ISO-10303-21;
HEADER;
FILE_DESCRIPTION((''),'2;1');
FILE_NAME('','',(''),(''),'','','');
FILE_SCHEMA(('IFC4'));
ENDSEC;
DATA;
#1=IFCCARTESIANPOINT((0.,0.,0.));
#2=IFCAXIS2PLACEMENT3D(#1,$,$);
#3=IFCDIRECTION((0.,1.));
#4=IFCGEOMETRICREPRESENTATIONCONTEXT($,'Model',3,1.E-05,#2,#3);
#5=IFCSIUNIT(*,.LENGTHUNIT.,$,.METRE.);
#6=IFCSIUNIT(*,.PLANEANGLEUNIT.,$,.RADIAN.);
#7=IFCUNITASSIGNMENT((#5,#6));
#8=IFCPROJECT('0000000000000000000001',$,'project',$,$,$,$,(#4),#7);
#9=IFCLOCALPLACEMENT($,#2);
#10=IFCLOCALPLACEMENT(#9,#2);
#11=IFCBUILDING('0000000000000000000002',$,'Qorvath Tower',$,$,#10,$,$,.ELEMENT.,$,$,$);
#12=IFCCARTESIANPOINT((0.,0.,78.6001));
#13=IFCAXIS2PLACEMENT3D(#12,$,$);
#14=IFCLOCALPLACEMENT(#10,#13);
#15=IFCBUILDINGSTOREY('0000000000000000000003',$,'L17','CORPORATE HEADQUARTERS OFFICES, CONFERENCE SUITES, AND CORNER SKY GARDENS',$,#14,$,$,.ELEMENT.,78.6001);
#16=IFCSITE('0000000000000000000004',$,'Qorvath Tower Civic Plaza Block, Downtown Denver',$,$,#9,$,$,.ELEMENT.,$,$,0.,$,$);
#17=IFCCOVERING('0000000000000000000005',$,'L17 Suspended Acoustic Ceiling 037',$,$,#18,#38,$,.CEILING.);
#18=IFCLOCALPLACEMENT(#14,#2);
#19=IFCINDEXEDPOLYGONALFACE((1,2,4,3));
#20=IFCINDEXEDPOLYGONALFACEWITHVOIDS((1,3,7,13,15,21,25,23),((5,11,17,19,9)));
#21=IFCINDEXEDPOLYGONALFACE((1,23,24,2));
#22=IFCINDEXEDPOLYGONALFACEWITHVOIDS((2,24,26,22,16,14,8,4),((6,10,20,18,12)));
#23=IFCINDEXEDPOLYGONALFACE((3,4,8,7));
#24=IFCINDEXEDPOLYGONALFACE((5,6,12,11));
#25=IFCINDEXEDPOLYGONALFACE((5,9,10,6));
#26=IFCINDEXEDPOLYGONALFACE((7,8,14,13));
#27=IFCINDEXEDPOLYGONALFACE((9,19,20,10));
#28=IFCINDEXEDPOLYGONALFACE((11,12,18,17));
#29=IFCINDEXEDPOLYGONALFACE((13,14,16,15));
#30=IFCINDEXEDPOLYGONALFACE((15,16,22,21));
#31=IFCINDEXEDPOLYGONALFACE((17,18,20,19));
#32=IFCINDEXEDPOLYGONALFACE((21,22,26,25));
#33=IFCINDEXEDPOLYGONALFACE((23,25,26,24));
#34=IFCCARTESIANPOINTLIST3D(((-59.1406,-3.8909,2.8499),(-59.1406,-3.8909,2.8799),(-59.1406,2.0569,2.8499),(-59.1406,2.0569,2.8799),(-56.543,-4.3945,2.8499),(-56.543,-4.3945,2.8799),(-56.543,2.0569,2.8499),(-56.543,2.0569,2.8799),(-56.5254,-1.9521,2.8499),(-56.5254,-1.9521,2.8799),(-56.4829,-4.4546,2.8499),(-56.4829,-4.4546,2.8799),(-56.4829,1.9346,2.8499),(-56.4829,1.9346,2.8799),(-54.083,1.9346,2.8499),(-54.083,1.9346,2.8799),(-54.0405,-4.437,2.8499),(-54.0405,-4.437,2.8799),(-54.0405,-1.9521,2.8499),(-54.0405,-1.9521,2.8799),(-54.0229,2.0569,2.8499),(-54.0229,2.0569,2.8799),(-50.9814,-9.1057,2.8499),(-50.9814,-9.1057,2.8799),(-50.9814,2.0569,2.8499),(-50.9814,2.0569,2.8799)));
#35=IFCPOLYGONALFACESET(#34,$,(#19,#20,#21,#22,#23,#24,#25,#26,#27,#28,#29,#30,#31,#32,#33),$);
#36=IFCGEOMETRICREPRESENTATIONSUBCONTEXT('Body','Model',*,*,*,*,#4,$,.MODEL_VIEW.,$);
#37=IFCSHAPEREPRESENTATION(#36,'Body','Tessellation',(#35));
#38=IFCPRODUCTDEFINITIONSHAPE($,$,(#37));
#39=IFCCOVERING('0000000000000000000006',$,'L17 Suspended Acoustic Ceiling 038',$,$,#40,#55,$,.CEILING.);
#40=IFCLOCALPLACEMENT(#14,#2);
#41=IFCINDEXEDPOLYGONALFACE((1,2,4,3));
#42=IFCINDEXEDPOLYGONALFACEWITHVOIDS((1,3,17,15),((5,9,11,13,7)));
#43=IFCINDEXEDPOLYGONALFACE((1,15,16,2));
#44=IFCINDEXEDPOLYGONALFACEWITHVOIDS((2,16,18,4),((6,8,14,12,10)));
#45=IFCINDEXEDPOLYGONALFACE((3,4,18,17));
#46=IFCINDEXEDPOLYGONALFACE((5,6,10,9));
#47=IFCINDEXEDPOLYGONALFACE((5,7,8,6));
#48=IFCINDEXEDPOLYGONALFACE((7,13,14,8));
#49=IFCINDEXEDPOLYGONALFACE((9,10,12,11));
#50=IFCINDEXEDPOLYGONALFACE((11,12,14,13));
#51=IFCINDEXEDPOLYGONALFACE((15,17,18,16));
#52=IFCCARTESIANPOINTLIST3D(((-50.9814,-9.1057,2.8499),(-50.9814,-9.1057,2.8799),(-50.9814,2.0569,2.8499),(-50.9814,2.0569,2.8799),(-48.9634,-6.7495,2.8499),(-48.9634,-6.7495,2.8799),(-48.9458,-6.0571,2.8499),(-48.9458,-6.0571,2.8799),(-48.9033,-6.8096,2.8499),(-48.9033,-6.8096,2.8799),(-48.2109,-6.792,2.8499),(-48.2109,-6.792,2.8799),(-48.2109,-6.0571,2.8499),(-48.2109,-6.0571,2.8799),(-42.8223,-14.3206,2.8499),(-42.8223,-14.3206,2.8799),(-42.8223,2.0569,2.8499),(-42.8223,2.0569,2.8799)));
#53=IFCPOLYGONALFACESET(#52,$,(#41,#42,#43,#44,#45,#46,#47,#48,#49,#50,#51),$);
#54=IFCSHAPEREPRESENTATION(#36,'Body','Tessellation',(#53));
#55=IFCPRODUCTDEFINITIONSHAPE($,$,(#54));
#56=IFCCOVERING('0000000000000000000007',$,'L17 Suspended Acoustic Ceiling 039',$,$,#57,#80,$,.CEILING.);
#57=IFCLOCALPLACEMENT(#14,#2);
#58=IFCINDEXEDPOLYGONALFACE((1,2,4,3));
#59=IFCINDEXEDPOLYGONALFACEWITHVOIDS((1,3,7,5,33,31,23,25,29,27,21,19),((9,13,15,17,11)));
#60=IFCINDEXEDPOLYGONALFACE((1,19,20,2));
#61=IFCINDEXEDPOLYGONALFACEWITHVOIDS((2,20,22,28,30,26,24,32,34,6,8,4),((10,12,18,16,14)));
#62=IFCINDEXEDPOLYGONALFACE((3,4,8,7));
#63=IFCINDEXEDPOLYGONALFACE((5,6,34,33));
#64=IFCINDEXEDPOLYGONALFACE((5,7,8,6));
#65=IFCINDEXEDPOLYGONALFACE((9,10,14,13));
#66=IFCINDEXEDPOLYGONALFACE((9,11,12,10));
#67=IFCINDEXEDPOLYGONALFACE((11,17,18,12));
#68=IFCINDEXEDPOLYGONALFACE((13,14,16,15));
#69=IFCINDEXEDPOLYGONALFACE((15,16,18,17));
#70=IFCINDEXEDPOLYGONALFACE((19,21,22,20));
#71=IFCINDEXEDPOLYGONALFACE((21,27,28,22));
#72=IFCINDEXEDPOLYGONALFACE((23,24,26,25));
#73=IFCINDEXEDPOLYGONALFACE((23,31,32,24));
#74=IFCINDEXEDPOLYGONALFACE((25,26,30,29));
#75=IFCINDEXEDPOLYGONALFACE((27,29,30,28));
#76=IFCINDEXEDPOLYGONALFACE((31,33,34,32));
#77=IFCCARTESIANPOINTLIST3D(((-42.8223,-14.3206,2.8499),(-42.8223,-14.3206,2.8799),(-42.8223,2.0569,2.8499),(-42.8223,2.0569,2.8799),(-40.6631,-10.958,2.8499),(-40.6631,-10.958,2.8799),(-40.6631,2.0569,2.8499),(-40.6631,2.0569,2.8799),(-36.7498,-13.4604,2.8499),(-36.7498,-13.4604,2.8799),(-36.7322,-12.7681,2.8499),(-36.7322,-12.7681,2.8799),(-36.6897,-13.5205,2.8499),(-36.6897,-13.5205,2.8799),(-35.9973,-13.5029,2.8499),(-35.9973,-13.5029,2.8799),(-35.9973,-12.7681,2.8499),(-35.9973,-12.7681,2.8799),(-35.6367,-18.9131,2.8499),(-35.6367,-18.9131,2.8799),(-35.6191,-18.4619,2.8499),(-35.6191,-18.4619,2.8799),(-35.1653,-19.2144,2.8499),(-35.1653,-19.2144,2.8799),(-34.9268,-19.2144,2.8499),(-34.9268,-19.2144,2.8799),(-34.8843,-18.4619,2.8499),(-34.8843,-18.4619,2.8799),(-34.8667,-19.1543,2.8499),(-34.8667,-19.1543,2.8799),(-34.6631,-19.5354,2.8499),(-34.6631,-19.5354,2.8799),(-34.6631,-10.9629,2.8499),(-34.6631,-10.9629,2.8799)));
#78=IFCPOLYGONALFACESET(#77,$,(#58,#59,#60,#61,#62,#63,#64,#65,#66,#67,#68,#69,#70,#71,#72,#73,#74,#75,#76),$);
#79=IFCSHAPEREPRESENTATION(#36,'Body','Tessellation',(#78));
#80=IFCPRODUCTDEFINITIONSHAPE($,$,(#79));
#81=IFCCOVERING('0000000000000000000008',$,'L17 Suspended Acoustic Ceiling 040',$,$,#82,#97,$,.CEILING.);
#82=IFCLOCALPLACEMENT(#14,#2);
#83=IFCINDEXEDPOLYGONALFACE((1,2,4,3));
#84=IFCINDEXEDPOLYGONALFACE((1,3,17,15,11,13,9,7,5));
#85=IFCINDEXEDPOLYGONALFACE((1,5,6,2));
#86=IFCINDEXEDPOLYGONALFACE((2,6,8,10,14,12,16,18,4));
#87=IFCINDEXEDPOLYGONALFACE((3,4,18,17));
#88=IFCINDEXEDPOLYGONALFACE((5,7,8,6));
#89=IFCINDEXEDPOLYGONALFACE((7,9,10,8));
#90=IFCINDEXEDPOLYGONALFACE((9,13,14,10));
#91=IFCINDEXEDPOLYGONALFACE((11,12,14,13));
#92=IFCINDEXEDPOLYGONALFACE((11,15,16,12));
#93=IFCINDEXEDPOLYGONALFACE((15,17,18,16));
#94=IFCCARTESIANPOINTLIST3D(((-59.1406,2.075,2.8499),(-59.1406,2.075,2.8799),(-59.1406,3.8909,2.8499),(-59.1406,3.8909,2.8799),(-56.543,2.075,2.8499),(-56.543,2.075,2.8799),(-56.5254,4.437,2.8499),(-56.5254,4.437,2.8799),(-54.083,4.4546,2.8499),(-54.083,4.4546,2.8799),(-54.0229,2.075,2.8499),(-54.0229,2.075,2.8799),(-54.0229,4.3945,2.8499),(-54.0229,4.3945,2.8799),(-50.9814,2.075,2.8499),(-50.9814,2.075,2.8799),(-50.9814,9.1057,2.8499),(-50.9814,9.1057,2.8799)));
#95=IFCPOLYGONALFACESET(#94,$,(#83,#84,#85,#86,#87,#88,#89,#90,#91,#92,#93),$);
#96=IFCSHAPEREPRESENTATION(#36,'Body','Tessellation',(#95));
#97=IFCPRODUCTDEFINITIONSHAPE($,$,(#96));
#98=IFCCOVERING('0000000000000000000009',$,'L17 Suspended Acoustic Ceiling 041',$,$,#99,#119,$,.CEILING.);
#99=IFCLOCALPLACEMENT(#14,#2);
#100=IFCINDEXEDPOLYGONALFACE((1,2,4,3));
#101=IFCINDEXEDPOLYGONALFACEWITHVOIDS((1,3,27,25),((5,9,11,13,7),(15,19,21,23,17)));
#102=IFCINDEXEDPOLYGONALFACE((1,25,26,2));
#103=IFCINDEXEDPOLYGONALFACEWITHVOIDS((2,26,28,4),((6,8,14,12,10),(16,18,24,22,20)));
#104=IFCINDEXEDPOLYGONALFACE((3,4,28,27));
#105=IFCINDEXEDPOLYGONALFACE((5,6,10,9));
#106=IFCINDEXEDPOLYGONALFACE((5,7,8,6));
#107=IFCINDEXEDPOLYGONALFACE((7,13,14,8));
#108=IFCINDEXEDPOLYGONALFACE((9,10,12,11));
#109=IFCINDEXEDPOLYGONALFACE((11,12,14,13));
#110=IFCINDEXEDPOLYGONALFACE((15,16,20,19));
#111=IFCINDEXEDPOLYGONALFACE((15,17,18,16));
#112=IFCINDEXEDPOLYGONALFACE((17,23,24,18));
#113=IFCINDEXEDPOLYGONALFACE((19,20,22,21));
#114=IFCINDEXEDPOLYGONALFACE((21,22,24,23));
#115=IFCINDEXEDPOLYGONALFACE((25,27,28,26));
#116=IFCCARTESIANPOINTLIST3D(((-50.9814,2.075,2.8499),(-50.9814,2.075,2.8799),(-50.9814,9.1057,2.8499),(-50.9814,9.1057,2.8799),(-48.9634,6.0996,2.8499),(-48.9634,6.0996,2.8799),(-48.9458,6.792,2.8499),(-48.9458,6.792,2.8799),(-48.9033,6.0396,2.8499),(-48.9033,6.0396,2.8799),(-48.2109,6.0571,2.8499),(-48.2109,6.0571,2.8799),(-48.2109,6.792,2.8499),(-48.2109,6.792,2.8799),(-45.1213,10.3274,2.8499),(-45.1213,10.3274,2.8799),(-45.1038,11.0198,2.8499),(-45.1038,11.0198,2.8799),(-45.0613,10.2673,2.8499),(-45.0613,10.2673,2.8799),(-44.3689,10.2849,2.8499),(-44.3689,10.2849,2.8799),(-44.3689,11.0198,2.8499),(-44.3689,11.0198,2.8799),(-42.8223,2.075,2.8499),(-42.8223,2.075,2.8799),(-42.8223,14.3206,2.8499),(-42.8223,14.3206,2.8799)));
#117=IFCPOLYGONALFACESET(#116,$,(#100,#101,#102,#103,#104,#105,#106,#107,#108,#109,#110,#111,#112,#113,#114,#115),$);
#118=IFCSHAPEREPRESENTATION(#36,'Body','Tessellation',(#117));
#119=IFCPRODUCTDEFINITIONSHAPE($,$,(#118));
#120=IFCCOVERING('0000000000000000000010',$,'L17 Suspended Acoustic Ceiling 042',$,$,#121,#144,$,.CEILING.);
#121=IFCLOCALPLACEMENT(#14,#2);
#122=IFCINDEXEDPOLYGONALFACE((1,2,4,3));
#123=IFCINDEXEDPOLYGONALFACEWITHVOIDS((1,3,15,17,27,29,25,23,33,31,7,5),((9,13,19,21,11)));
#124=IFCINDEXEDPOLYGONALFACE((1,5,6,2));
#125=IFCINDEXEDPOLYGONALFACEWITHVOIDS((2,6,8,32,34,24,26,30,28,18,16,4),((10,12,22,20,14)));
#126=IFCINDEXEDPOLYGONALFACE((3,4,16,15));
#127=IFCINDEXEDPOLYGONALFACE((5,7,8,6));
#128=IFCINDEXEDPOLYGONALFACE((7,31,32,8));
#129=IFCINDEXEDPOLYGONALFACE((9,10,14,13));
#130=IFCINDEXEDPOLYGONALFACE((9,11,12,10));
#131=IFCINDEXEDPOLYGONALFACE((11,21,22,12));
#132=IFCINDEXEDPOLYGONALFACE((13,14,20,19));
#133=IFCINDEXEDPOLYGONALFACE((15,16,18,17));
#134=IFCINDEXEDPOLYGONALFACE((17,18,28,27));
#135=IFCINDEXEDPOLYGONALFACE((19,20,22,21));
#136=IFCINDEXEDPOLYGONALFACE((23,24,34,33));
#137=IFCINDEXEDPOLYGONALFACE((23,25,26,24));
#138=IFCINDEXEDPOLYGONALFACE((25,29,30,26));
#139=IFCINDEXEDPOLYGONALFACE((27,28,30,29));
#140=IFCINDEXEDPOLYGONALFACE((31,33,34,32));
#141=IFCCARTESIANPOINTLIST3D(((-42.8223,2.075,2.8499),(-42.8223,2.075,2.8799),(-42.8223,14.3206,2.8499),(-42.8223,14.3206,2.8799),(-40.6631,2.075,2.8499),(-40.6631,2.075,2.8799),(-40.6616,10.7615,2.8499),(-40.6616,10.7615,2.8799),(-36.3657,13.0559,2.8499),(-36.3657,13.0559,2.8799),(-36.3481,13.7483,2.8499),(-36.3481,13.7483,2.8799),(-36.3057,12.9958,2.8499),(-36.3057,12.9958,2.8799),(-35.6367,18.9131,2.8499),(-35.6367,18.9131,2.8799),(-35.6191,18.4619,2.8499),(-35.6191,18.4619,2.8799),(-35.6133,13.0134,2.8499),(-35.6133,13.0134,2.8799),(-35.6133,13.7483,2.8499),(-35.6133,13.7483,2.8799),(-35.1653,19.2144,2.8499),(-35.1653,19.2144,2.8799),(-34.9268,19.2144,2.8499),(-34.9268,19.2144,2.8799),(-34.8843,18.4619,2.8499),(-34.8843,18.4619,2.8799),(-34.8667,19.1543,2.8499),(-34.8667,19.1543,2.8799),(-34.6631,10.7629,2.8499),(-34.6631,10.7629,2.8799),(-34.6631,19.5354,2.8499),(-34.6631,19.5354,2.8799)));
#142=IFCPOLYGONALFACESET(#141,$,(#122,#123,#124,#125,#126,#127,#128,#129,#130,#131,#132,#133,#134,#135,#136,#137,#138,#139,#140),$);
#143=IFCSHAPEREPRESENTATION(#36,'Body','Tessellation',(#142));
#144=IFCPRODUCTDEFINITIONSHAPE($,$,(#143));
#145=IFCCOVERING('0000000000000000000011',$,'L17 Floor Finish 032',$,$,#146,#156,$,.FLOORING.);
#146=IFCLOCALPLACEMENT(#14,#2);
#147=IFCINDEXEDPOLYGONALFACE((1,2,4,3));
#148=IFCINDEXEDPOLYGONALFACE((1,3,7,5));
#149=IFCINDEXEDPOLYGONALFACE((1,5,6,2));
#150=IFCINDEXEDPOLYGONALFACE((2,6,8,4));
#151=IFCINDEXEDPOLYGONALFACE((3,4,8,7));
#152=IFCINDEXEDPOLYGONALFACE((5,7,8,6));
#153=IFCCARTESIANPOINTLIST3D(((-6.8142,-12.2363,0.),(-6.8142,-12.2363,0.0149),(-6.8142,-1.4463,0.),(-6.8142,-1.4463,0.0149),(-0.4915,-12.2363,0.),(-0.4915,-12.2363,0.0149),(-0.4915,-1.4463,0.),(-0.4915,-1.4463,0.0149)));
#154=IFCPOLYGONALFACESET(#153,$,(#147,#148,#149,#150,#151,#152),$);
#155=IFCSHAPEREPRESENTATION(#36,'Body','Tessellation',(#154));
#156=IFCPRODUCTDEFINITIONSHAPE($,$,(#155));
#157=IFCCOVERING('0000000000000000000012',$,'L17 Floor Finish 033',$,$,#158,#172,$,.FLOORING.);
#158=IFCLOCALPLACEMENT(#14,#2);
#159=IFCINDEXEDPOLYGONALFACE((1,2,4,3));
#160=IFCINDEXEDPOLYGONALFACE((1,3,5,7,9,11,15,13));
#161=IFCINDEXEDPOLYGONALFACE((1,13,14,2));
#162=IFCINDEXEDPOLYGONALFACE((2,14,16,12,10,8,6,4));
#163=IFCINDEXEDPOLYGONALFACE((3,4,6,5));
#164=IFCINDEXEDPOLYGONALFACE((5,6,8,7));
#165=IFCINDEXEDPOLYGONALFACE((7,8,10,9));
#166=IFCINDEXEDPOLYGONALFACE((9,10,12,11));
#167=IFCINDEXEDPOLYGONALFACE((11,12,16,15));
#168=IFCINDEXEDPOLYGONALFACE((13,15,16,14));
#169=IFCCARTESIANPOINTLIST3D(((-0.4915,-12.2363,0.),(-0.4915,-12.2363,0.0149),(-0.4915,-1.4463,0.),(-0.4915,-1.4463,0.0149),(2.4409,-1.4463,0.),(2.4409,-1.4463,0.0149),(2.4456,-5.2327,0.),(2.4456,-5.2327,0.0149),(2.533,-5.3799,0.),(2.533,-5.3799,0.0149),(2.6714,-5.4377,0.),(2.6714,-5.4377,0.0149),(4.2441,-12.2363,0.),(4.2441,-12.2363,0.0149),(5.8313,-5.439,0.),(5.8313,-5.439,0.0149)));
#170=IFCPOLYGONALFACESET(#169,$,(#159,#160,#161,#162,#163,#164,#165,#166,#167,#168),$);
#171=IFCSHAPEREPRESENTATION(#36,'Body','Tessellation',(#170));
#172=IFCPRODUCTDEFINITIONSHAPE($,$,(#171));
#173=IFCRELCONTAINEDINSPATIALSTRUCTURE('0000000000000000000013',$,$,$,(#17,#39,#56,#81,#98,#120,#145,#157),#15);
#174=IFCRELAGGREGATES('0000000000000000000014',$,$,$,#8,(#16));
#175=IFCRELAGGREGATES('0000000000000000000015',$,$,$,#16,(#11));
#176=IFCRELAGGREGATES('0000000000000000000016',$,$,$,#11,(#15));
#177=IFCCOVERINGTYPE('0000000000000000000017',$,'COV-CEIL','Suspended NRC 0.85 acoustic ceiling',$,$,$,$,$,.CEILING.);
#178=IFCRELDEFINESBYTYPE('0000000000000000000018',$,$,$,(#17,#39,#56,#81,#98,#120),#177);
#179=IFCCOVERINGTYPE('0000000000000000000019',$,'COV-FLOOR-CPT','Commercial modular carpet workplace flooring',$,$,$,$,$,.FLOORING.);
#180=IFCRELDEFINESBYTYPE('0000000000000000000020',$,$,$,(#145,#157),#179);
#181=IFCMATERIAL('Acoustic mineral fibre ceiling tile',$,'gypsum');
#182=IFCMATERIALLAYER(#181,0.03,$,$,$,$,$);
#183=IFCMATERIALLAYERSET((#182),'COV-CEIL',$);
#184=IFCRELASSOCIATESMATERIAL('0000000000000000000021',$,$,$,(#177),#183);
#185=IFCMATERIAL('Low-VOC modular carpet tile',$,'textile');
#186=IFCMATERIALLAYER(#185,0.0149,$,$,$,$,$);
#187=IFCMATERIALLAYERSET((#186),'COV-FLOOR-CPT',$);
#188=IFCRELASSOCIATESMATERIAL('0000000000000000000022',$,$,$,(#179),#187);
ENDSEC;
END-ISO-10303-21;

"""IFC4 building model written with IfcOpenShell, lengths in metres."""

from ifc_helpers import new_model, si_unit, direction, frame, origin, place, context, subcontext, project, spatial, polyline, outline, extrude, material, layer, layer_set, type_object, element, save


model = new_model("IFC4")

# Units and contexts
model_context = context("Model", 3, precision=1e-05, world=origin(), true_north=direction((0.0, 1.0)))
body_context = subcontext(model_context, "Body", "Model", "MODEL_VIEW")
ifc_project = project(units=[si_unit("LENGTHUNIT", "METRE"), si_unit("PLANEANGLEUNIT", "RADIAN")], contexts=[model_context])

# Site, building, storey
site_placement = place(None, origin())
site = spatial("IfcSite", under=ifc_project, at=site_placement, Name="Qorvath Tower Civic Plaza Block, Downtown Denver", CompositionType="ELEMENT", RefElevation=0.0)
building_placement = place(site_placement, origin())
building = spatial("IfcBuilding", under=site, at=building_placement, Name="Qorvath Tower", CompositionType="ELEMENT")
storey_placement = place(building_placement, frame((0.0, 0.0, 78.6001)))
storey = spatial("IfcBuildingStorey", under=building, at=storey_placement, Name="L17", Description="CORPORATE HEADQUARTERS OFFICES, CONFERENCE SUITES, AND CORNER SKY GARDENS", CompositionType="ELEMENT", Elevation=78.6001)

# Coverings
ifc_material_1 = material(Name="Acoustic mineral fibre ceiling tile", Category="gypsum")
ifc_layer_1 = layer(ifc_material_1, 0.03)
ifc_layer_set_1 = layer_set([ifc_layer_1], Name="COV-CEIL")
covering_type_1 = type_object("IfcCoveringType", Name="COV-CEIL", Description="Suspended NRC 0.85 acoustic ceiling", PredefinedType="CEILING", material=ifc_layer_set_1)
covering_1_placement = place(storey_placement, frame((0.0, 0.0, 2.8499)))
element("IfcCovering", 1, at=covering_1_placement, inside=storey, type_object=covering_type_1, Name="L17 Suspended Acoustic Ceiling 037", PredefinedType="CEILING", context=body_context, shape_type="SweptSolid", body=[
    extrude(outline(polyline([(-59.1406, 2.0569), (-59.1406, -3.8909), (-50.9814, -9.1057), (-50.9814, 2.0569), (-54.0229, 2.0569), (-54.083, 1.9346), (-56.4829, 1.9346), (-56.543, 2.0569), (-59.1406, 2.0569)]), holes=[polyline([(-56.543, -4.3945), (-56.5254, -1.9521), (-54.0405, -1.9521), (-54.0405, -4.437), (-56.4829, -4.4546), (-56.543, -4.3945)])]), origin(), (0.0, 0.0, 1.0), 0.03),
])
covering_2_placement = place(storey_placement, frame((0.0, 0.0, 2.8499)))
element("IfcCovering", 2, at=covering_2_placement, inside=storey, type_object=covering_type_1, Name="L17 Suspended Acoustic Ceiling 038", PredefinedType="CEILING", context=body_context, shape_type="SweptSolid", body=[
    extrude(outline(polyline([(-50.9814, 2.0569), (-50.9814, -9.1057), (-42.8223, -14.3206), (-42.8223, 2.0569), (-50.9814, 2.0569)]), holes=[polyline([(-48.9634, -6.7495), (-48.9458, -6.0571), (-48.2109, -6.0571), (-48.2109, -6.792), (-48.9033, -6.8096), (-48.9634, -6.7495)])]), origin(), (0.0, 0.0, 1.0), 0.03),
])
covering_3_placement = place(storey_placement, frame((0.0, 0.0, 2.8499)))
element("IfcCovering", 3, at=covering_3_placement, inside=storey, type_object=covering_type_1, Name="L17 Suspended Acoustic Ceiling 039", PredefinedType="CEILING", context=body_context, shape_type="SweptSolid", body=[
    extrude(outline(polyline([(-42.8223, 2.0569), (-42.8223, -14.3206), (-35.6367, -18.9131), (-35.6191, -18.4619), (-34.8843, -18.4619), (-34.8667, -19.1543), (-34.9268, -19.2144), (-35.1653, -19.2144), (-34.6631, -19.5354), (-34.6631, -10.9629), (-40.6631, -10.958), (-40.6631, 2.0569), (-42.8223, 2.0569)]), holes=[polyline([(-36.7498, -13.4604), (-36.7322, -12.7681), (-35.9973, -12.7681), (-35.9973, -13.5029), (-36.6897, -13.5205), (-36.7498, -13.4604)])]), origin(), (0.0, 0.0, 1.0), 0.03),
])
covering_4_placement = place(storey_placement, frame((0.0, 0.0, 2.8499)))
element("IfcCovering", 4, at=covering_4_placement, inside=storey, type_object=covering_type_1, Name="L17 Suspended Acoustic Ceiling 040", PredefinedType="CEILING", context=body_context, shape_type="SweptSolid", body=[
    extrude(outline(polyline([(-50.9814, 2.075), (-50.9814, 9.1057), (-59.1406, 3.8909), (-59.1406, 2.075), (-56.543, 2.075), (-56.5254, 4.437), (-54.083, 4.4546), (-54.0229, 4.3945), (-54.0229, 2.075), (-50.9814, 2.075)])), origin(), (0.0, 0.0, 1.0), 0.03),
])
covering_5_placement = place(storey_placement, frame((0.0, 0.0, 2.8499)))
element("IfcCovering", 5, at=covering_5_placement, inside=storey, type_object=covering_type_1, Name="L17 Suspended Acoustic Ceiling 041", PredefinedType="CEILING", context=body_context, shape_type="SweptSolid", body=[
    extrude(outline(polyline([(-42.8223, 2.075), (-42.8223, 14.3206), (-50.9814, 9.1057), (-50.9814, 2.075), (-42.8223, 2.075)]), holes=[polyline([(-45.1213, 10.3274), (-45.1038, 11.0198), (-44.3689, 11.0198), (-44.3689, 10.2849), (-45.0613, 10.2673), (-45.1213, 10.3274)]), polyline([(-48.9634, 6.0996), (-48.9458, 6.792), (-48.2109, 6.792), (-48.2109, 6.0571), (-48.9033, 6.0396), (-48.9634, 6.0996)])]), origin(), (0.0, 0.0, 1.0), 0.03),
])
covering_6_placement = place(storey_placement, frame((0.0, 0.0, 2.8499)))
element("IfcCovering", 6, at=covering_6_placement, inside=storey, type_object=covering_type_1, Name="L17 Suspended Acoustic Ceiling 042", PredefinedType="CEILING", context=body_context, shape_type="SweptSolid", body=[
    extrude(outline(polyline([(-34.6631, 10.7629), (-34.6631, 19.5354), (-35.1653, 19.2144), (-34.9268, 19.2144), (-34.8667, 19.1543), (-34.8843, 18.4619), (-35.6191, 18.4619), (-35.6367, 18.9131), (-42.8223, 14.3206), (-42.8223, 2.075), (-40.6631, 2.075), (-40.6616, 10.7615), (-34.6631, 10.7629)]), holes=[polyline([(-36.3657, 13.0559), (-36.3481, 13.7483), (-35.6133, 13.7483), (-35.6133, 13.0134), (-36.3057, 12.9958), (-36.3657, 13.0559)])]), origin(), (0.0, 0.0, 1.0), 0.03),
])
ifc_material_2 = material(Name="Low-VOC modular carpet tile", Category="textile")
ifc_layer_2 = layer(ifc_material_2, 0.0149)
ifc_layer_set_2 = layer_set([ifc_layer_2], Name="COV-FLOOR-CPT")
covering_type_2 = type_object("IfcCoveringType", Name="COV-FLOOR-CPT", Description="Commercial modular carpet workplace flooring", PredefinedType="FLOORING", material=ifc_layer_set_2)
covering_7_placement = place(storey_placement, origin())
element("IfcCovering", 7, at=covering_7_placement, inside=storey, type_object=covering_type_2, Name="L17 Floor Finish 032", PredefinedType="FLOORING", context=body_context, shape_type="SweptSolid", body=[
    extrude(outline(polyline([(-0.4915, -12.2363), (-0.4915, -1.4463), (-6.8142, -1.4463), (-6.8142, -12.2363), (-0.4915, -12.2363)])), origin(), (0.0, 0.0, 1.0), 0.0149),
])
covering_8_placement = place(storey_placement, origin())
element("IfcCovering", 8, at=covering_8_placement, inside=storey, type_object=covering_type_2, Name="L17 Floor Finish 033", PredefinedType="FLOORING", context=body_context, shape_type="SweptSolid", body=[
    extrude(outline(polyline([(2.533, -5.3799), (2.4456, -5.2327), (2.4409, -1.4463), (-0.4915, -1.4463), (-0.4915, -12.2363), (4.2441, -12.2363), (5.8313, -5.439), (2.6714, -5.4377), (2.533, -5.3799)])), origin(), (0.0, 0.0, 1.0), 0.0149),
])

save(model, "model.ifc")
